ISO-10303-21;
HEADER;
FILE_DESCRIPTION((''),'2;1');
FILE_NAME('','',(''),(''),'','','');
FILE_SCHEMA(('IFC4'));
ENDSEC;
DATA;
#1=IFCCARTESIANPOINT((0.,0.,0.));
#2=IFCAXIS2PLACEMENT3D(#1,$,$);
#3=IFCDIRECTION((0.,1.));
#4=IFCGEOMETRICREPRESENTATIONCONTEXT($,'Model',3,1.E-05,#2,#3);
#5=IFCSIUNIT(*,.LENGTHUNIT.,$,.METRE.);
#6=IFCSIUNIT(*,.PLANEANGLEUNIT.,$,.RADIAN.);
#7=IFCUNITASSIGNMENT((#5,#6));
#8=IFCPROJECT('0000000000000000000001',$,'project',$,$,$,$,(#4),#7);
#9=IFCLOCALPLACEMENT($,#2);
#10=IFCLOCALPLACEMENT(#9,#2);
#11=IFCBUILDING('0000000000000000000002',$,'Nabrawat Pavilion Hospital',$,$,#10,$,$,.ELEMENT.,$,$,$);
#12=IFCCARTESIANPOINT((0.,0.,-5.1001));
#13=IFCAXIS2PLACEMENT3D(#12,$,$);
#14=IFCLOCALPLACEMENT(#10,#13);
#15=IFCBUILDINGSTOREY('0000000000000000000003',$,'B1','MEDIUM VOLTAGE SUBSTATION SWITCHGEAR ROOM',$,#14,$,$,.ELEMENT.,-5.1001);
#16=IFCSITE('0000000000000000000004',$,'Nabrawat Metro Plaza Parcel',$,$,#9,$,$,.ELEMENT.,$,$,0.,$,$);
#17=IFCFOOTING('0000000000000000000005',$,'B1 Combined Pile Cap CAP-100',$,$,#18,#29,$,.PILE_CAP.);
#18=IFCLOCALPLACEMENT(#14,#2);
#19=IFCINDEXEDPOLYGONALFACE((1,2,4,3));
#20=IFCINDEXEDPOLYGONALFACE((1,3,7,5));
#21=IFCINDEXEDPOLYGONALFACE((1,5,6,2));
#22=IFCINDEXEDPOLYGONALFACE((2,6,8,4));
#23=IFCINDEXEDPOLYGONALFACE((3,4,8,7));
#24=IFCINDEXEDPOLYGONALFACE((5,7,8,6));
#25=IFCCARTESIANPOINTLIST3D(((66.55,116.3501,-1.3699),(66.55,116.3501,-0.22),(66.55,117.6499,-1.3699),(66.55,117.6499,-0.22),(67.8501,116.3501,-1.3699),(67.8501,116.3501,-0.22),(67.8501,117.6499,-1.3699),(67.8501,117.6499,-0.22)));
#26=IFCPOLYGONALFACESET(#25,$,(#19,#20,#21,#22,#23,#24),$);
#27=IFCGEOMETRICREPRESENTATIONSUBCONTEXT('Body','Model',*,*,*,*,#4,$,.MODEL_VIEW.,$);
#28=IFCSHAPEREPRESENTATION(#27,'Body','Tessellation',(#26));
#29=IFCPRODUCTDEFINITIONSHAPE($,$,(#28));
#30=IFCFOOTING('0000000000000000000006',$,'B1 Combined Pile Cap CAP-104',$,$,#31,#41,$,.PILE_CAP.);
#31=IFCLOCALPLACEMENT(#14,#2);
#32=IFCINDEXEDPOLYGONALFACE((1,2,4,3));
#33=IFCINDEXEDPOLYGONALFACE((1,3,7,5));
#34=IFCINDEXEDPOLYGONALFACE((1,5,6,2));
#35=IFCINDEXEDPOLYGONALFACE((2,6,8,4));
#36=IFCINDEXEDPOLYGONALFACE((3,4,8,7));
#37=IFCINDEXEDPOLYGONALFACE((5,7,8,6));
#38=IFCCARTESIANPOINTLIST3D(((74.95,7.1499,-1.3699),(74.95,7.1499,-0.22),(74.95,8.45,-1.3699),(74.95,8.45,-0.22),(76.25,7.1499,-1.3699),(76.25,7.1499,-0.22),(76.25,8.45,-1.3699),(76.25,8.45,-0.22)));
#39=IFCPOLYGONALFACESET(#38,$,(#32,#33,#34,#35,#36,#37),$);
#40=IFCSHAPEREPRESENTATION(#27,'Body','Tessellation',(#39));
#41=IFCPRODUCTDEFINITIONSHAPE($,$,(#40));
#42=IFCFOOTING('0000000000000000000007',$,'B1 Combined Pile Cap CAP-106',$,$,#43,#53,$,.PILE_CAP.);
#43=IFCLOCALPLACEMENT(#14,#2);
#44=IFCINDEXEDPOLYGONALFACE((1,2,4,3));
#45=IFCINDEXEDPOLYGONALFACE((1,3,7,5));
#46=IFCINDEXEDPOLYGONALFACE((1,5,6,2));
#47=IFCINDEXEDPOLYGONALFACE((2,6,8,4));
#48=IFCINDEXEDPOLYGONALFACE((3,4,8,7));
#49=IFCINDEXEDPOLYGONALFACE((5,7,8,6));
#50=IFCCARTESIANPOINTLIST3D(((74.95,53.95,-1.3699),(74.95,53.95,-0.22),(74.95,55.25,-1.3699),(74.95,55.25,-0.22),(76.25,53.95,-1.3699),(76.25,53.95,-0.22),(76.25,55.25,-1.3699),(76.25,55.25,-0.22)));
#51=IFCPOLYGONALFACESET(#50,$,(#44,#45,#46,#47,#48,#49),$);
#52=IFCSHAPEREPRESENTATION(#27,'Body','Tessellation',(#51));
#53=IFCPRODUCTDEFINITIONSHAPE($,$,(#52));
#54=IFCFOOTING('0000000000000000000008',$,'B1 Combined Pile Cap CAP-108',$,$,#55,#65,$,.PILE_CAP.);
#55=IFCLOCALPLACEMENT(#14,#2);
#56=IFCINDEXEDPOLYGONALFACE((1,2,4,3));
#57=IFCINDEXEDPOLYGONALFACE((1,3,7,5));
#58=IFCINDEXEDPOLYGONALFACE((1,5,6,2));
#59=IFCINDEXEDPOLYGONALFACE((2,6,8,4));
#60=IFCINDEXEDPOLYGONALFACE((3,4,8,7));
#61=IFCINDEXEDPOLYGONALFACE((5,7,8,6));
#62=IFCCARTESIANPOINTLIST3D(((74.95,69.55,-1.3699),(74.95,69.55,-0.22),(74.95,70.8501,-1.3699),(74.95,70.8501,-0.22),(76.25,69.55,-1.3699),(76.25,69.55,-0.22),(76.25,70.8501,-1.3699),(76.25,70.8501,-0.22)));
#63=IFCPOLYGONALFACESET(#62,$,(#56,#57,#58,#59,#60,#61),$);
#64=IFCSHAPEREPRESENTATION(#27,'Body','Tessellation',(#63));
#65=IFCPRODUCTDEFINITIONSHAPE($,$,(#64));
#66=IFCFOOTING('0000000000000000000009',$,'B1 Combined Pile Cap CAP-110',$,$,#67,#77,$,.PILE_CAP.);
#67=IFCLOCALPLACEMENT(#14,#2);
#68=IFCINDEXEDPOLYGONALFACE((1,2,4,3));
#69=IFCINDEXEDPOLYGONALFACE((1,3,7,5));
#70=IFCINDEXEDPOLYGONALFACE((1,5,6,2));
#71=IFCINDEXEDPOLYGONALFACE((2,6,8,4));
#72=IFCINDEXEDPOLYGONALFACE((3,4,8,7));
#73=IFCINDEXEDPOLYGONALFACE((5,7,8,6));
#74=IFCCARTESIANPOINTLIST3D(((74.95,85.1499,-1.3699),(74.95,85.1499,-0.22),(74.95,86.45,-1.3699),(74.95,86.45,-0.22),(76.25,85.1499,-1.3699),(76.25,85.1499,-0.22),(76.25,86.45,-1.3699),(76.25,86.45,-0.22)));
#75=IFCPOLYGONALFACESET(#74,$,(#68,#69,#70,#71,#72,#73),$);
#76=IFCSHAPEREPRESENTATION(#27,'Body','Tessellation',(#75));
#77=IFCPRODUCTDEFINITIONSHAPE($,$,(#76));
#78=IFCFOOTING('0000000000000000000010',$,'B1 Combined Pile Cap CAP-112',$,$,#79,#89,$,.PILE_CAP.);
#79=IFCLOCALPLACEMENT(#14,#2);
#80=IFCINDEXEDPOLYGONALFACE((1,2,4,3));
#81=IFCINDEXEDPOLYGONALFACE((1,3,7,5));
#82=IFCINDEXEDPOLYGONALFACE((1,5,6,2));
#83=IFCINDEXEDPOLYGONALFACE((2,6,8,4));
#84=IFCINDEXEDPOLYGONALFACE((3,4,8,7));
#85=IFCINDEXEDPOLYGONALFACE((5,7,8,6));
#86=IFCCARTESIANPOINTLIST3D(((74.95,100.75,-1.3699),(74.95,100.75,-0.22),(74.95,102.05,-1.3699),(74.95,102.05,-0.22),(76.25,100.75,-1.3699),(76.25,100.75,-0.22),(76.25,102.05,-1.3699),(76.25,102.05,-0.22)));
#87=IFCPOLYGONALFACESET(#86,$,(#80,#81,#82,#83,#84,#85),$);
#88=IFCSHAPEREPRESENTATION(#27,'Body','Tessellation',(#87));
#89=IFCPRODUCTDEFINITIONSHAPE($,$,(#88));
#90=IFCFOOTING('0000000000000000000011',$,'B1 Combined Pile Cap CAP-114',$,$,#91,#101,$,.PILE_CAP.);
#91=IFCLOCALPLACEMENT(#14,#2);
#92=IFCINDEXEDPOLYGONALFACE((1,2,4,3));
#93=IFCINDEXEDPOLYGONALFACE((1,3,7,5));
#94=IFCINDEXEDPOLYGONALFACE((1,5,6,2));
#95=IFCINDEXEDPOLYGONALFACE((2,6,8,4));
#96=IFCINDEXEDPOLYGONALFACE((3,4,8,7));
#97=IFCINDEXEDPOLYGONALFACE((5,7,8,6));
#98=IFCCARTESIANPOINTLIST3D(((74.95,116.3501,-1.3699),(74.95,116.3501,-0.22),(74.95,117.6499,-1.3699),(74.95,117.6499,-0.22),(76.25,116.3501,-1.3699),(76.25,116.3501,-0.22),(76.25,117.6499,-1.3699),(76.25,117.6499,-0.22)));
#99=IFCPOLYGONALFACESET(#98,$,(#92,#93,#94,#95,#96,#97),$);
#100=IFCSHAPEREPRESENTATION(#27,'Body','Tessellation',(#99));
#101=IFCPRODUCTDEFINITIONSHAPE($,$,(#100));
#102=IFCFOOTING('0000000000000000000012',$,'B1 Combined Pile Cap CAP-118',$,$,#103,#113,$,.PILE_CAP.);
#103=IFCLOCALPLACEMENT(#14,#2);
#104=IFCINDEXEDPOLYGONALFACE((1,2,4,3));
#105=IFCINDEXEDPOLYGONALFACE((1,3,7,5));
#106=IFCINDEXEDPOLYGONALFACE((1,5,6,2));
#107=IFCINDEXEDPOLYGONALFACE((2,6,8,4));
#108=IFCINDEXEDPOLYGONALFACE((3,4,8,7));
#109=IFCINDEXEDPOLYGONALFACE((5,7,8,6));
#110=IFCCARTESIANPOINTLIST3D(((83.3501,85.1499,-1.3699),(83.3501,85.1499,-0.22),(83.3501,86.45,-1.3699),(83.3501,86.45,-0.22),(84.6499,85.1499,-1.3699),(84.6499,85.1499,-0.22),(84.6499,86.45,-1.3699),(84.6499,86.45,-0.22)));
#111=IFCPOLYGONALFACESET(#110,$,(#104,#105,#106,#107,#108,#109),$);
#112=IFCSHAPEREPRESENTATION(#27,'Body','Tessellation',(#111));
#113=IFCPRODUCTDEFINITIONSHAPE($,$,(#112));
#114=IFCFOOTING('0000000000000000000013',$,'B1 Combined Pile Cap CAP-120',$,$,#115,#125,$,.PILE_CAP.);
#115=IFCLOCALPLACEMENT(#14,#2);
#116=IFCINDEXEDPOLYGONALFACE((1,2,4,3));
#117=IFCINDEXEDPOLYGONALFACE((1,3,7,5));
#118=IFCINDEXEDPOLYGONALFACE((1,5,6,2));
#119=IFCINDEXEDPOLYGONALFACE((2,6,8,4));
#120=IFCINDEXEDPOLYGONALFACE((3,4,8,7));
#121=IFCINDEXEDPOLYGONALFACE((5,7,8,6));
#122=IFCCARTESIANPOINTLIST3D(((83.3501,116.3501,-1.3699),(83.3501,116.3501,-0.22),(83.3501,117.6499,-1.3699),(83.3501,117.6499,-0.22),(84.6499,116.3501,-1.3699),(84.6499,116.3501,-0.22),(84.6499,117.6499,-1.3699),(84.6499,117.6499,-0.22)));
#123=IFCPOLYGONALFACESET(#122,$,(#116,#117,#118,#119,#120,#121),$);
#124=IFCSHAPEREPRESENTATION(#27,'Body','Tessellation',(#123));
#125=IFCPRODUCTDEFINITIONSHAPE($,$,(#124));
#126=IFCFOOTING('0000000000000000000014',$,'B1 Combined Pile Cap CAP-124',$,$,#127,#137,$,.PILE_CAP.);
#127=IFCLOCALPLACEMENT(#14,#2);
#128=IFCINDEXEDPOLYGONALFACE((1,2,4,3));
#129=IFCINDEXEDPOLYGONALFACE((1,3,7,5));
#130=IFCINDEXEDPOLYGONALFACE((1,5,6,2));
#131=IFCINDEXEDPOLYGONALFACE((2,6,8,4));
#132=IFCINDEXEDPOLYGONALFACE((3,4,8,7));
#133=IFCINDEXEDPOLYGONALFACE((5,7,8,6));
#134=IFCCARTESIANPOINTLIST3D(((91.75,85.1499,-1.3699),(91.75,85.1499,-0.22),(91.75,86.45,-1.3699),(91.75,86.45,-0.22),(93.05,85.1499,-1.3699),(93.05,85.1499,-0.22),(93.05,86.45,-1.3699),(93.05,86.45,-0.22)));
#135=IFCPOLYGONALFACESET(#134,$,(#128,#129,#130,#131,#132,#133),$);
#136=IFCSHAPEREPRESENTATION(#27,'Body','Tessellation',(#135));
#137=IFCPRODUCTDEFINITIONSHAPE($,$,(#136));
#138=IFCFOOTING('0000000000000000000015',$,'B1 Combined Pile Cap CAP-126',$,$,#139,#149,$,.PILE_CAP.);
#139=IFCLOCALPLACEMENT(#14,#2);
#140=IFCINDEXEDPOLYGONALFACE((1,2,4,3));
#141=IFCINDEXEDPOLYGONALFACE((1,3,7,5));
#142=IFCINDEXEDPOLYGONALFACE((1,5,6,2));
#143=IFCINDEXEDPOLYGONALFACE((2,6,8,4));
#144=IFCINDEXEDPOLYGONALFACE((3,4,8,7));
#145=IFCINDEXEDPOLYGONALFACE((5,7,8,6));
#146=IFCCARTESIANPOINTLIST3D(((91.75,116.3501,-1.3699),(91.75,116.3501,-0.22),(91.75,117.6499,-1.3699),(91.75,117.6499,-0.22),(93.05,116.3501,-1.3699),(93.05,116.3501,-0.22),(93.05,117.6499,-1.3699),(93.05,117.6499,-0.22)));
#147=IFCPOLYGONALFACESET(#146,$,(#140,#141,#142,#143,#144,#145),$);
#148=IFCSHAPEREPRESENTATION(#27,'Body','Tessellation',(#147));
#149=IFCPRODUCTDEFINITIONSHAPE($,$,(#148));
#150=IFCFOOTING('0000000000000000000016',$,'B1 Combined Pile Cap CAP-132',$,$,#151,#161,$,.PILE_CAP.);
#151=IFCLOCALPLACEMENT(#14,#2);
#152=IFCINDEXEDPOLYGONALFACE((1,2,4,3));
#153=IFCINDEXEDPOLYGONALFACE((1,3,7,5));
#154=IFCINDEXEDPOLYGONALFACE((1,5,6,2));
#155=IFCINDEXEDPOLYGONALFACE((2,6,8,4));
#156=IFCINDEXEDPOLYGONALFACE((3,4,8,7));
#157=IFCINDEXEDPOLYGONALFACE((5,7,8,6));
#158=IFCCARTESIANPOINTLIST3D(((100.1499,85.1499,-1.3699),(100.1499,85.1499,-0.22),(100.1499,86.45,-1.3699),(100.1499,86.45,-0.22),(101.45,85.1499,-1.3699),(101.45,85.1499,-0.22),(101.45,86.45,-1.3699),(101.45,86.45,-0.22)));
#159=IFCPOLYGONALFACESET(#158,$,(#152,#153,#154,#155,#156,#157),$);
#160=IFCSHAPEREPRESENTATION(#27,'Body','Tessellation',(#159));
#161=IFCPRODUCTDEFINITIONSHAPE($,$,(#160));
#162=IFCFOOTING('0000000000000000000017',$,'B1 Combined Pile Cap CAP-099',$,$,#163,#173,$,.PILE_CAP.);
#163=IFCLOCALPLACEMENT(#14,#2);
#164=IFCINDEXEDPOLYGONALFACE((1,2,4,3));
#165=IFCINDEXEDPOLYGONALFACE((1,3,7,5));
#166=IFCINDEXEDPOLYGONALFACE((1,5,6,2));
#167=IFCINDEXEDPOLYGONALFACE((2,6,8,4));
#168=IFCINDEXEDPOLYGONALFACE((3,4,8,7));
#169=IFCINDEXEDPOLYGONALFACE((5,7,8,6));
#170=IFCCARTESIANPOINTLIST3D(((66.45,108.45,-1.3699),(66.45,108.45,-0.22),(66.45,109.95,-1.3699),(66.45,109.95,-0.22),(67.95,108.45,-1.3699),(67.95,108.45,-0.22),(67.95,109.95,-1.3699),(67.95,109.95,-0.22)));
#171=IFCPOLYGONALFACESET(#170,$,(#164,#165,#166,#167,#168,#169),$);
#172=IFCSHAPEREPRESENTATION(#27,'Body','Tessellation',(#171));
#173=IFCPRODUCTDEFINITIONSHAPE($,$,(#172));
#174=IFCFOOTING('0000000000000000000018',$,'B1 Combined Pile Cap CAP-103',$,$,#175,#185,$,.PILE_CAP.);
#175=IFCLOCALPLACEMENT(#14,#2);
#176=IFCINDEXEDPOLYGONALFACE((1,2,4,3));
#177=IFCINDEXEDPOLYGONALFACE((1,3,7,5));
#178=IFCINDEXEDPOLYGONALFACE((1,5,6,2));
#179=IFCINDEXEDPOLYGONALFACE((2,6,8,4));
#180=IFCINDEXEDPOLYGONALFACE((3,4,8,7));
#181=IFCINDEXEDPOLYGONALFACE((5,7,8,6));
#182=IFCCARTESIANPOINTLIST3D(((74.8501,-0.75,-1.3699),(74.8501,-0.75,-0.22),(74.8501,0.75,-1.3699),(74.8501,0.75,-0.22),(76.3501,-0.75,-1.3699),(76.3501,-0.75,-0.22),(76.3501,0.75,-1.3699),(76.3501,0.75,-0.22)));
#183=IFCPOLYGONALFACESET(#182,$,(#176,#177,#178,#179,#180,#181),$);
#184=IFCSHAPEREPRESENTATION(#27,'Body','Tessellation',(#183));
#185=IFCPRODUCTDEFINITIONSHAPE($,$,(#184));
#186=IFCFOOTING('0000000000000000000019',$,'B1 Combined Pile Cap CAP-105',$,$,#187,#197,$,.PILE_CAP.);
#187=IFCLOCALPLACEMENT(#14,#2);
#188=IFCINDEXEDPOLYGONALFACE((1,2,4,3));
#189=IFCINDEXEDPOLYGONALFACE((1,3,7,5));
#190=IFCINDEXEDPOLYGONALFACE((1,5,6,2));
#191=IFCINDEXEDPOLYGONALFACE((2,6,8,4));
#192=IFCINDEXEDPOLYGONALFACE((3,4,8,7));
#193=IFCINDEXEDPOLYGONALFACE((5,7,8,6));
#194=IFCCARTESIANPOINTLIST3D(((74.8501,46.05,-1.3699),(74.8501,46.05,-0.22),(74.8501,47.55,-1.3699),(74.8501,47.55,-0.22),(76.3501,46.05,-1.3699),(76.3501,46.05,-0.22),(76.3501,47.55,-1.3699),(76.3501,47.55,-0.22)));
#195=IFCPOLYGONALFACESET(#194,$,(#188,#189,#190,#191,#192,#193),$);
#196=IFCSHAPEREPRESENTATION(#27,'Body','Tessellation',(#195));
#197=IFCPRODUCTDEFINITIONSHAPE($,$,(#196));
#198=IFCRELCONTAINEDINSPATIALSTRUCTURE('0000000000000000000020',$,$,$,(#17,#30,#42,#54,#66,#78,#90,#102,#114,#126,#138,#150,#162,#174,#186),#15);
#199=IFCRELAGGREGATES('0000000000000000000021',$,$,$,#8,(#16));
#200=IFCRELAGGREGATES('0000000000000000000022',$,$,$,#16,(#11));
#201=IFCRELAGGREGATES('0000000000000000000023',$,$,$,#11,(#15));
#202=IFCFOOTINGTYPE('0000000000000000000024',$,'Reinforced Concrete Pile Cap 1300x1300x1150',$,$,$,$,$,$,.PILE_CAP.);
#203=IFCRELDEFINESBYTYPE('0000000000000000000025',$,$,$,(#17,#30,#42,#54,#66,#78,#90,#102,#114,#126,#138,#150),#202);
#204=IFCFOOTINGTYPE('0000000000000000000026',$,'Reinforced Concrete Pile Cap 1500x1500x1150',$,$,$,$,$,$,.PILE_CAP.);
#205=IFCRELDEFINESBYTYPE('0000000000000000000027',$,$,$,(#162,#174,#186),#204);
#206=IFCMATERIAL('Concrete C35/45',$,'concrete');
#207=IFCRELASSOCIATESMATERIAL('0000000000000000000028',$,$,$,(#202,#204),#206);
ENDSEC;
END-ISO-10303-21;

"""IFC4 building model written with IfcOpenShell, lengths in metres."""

from ifc_helpers import new_model, si_unit, direction, frame, origin, place, context, subcontext, project, spatial, polyline, outline, extrude, material, type_object, element, save


model = new_model("IFC4")

# Units and contexts
model_context = context("Model", 3, precision=1e-05, world=origin(), true_north=direction((0.0, 1.0)))
body_context = subcontext(model_context, "Body", "Model", "MODEL_VIEW")
ifc_project = project(units=[si_unit("LENGTHUNIT", "METRE"), si_unit("PLANEANGLEUNIT", "RADIAN")], contexts=[model_context])

# Site, building, storey
site_placement = place(None, origin())
site = spatial("IfcSite", under=ifc_project, at=site_placement, Name="Nabrawat Metro Plaza Parcel", CompositionType="ELEMENT", RefElevation=0.0)
building_placement = place(site_placement, origin())
building = spatial("IfcBuilding", under=site, at=building_placement, Name="Nabrawat Pavilion Hospital", CompositionType="ELEMENT")
storey_placement = place(building_placement, frame((0.0, 0.0, -5.1001)))
storey = spatial("IfcBuildingStorey", under=building, at=storey_placement, Name="B1", Description="MEDIUM VOLTAGE SUBSTATION SWITCHGEAR ROOM", CompositionType="ELEMENT", Elevation=-5.1001)

# Footings
ifc_material = material(Name="Concrete C35/45", Category="concrete")
footing_type_1 = type_object("IfcFootingType", Name="Reinforced Concrete Pile Cap 1300x1300x1150", PredefinedType="PILE_CAP", material=ifc_material)
footing_1_placement = place(storey_placement, frame((0.0, 0.0, -1.3699)))
element("IfcFooting", 1, at=footing_1_placement, inside=storey, type_object=footing_type_1, Name="B1 Combined Pile Cap CAP-100", PredefinedType="PILE_CAP", context=body_context, shape_type="SweptSolid", body=[
    extrude(outline(polyline([(67.8501, 116.3501), (67.8501, 117.6499), (66.55, 117.6499), (66.55, 116.3501), (67.8501, 116.3501)])), origin(), (0.0, 0.0, 1.0), 1.1499),
])
footing_2_placement = place(storey_placement, frame((0.0, 0.0, -1.3699)))
element("IfcFooting", 2, at=footing_2_placement, inside=storey, type_object=footing_type_1, Name="B1 Combined Pile Cap CAP-104", PredefinedType="PILE_CAP", context=body_context, shape_type="SweptSolid", body=[
    extrude(outline(polyline([(76.25, 7.1499), (76.25, 8.45), (74.95, 8.45), (74.95, 7.1499), (76.25, 7.1499)])), origin(), (0.0, 0.0, 1.0), 1.1499),
])
footing_3_placement = place(storey_placement, frame((0.0, 0.0, -1.3699)))
element("IfcFooting", 3, at=footing_3_placement, inside=storey, type_object=footing_type_1, Name="B1 Combined Pile Cap CAP-106", PredefinedType="PILE_CAP", context=body_context, shape_type="SweptSolid", body=[
    extrude(outline(polyline([(76.25, 53.95), (76.25, 55.25), (74.95, 55.25), (74.95, 53.95), (76.25, 53.95)])), origin(), (0.0, 0.0, 1.0), 1.1499),
])
footing_4_placement = place(storey_placement, frame((0.0, 0.0, -1.3699)))
element("IfcFooting", 4, at=footing_4_placement, inside=storey, type_object=footing_type_1, Name="B1 Combined Pile Cap CAP-108", PredefinedType="PILE_CAP", context=body_context, shape_type="SweptSolid", body=[
    extrude(outline(polyline([(76.25, 69.55), (76.25, 70.8501), (74.95, 70.8501), (74.95, 69.55), (76.25, 69.55)])), origin(), (0.0, 0.0, 1.0), 1.1499),
])
footing_5_placement = place(storey_placement, frame((0.0, 0.0, -1.3699)))
element("IfcFooting", 5, at=footing_5_placement, inside=storey, type_object=footing_type_1, Name="B1 Combined Pile Cap CAP-110", PredefinedType="PILE_CAP", context=body_context, shape_type="SweptSolid", body=[
    extrude(outline(polyline([(76.25, 85.1499), (76.25, 86.45), (74.95, 86.45), (74.95, 85.1499), (76.25, 85.1499)])), origin(), (0.0, 0.0, 1.0), 1.1499),
])
footing_6_placement = place(storey_placement, frame((0.0, 0.0, -1.3699)))
element("IfcFooting", 6, at=footing_6_placement, inside=storey, type_object=footing_type_1, Name="B1 Combined Pile Cap CAP-112", PredefinedType="PILE_CAP", context=body_context, shape_type="SweptSolid", body=[
    extrude(outline(polyline([(76.25, 100.75), (76.25, 102.05), (74.95, 102.05), (74.95, 100.75), (76.25, 100.75)])), origin(), (0.0, 0.0, 1.0), 1.1499),
])
footing_7_placement = place(storey_placement, frame((0.0, 0.0, -1.3699)))
element("IfcFooting", 7, at=footing_7_placement, inside=storey, type_object=footing_type_1, Name="B1 Combined Pile Cap CAP-114", PredefinedType="PILE_CAP", context=body_context, shape_type="SweptSolid", body=[
    extrude(outline(polyline([(76.25, 116.3501), (76.25, 117.6499), (74.95, 117.6499), (74.95, 116.3501), (76.25, 116.3501)])), origin(), (0.0, 0.0, 1.0), 1.1499),
])
footing_8_placement = place(storey_placement, frame((0.0, 0.0, -1.3699)))
element("IfcFooting", 8, at=footing_8_placement, inside=storey, type_object=footing_type_1, Name="B1 Combined Pile Cap CAP-118", PredefinedType="PILE_CAP", context=body_context, shape_type="SweptSolid", body=[
    extrude(outline(polyline([(84.6499, 85.1499), (84.6499, 86.45), (83.3501, 86.45), (83.3501, 85.1499), (84.6499, 85.1499)])), origin(), (0.0, 0.0, 1.0), 1.1499),
])
footing_9_placement = place(storey_placement, frame((0.0, 0.0, -1.3699)))
element("IfcFooting", 9, at=footing_9_placement, inside=storey, type_object=footing_type_1, Name="B1 Combined Pile Cap CAP-120", PredefinedType="PILE_CAP", context=body_context, shape_type="SweptSolid", body=[
    extrude(outline(polyline([(84.6499, 116.3501), (84.6499, 117.6499), (83.3501, 117.6499), (83.3501, 116.3501), (84.6499, 116.3501)])), origin(), (0.0, 0.0, 1.0), 1.1499),
])
footing_10_placement = place(storey_placement, frame((0.0, 0.0, -1.3699)))
element("IfcFooting", 10, at=footing_10_placement, inside=storey, type_object=footing_type_1, Name="B1 Combined Pile Cap CAP-124", PredefinedType="PILE_CAP", context=body_context, shape_type="SweptSolid", body=[
    extrude(outline(polyline([(93.05, 85.1499), (93.05, 86.45), (91.75, 86.45), (91.75, 85.1499), (93.05, 85.1499)])), origin(), (0.0, 0.0, 1.0), 1.1499),
])
footing_11_placement = place(storey_placement, frame((0.0, 0.0, -1.3699)))
element("IfcFooting", 11, at=footing_11_placement, inside=storey, type_object=footing_type_1, Name="B1 Combined Pile Cap CAP-126", PredefinedType="PILE_CAP", context=body_context, shape_type="SweptSolid", body=[
    extrude(outline(polyline([(93.05, 116.3501), (93.05, 117.6499), (91.75, 117.6499), (91.75, 116.3501), (93.05, 116.3501)])), origin(), (0.0, 0.0, 1.0), 1.1499),
])
footing_12_placement = place(storey_placement, frame((0.0, 0.0, -1.3699)))
element("IfcFooting", 12, at=footing_12_placement, inside=storey, type_object=footing_type_1, Name="B1 Combined Pile Cap CAP-132", PredefinedType="PILE_CAP", context=body_context, shape_type="SweptSolid", body=[
    extrude(outline(polyline([(101.45, 85.1499), (101.45, 86.45), (100.1499, 86.45), (100.1499, 85.1499), (101.45, 85.1499)])), origin(), (0.0, 0.0, 1.0), 1.1499),
])
footing_type_2 = type_object("IfcFootingType", Name="Reinforced Concrete Pile Cap 1500x1500x1150", PredefinedType="PILE_CAP", material=ifc_material)
footing_13_placement = place(storey_placement, frame((0.0, 0.0, -1.3699)))
element("IfcFooting", 13, at=footing_13_placement, inside=storey, type_object=footing_type_2, Name="B1 Combined Pile Cap CAP-099", PredefinedType="PILE_CAP", context=body_context, shape_type="SweptSolid", body=[
    extrude(outline(polyline([(67.95, 108.45), (67.95, 109.95), (66.45, 109.95), (66.45, 108.45), (67.95, 108.45)])), origin(), (0.0, 0.0, 1.0), 1.1499),
])
footing_14_placement = place(storey_placement, frame((0.0, 0.0, -1.3699)))
element("IfcFooting", 14, at=footing_14_placement, inside=storey, type_object=footing_type_2, Name="B1 Combined Pile Cap CAP-103", PredefinedType="PILE_CAP", context=body_context, shape_type="SweptSolid", body=[
    extrude(outline(polyline([(76.3501, -0.75), (76.3501, 0.75), (74.8501, 0.75), (74.8501, -0.75), (76.3501, -0.75)])), origin(), (0.0, 0.0, 1.0), 1.1499),
])
footing_15_placement = place(storey_placement, frame((0.0, 0.0, -1.3699)))
element("IfcFooting", 15, at=footing_15_placement, inside=storey, type_object=footing_type_2, Name="B1 Combined Pile Cap CAP-105", PredefinedType="PILE_CAP", context=body_context, shape_type="SweptSolid", body=[
    extrude(outline(polyline([(76.3501, 46.05), (76.3501, 47.55), (74.8501, 47.55), (74.8501, 46.05), (76.3501, 46.05)])), origin(), (0.0, 0.0, 1.0), 1.1499),
])

save(model, "model.ifc")
